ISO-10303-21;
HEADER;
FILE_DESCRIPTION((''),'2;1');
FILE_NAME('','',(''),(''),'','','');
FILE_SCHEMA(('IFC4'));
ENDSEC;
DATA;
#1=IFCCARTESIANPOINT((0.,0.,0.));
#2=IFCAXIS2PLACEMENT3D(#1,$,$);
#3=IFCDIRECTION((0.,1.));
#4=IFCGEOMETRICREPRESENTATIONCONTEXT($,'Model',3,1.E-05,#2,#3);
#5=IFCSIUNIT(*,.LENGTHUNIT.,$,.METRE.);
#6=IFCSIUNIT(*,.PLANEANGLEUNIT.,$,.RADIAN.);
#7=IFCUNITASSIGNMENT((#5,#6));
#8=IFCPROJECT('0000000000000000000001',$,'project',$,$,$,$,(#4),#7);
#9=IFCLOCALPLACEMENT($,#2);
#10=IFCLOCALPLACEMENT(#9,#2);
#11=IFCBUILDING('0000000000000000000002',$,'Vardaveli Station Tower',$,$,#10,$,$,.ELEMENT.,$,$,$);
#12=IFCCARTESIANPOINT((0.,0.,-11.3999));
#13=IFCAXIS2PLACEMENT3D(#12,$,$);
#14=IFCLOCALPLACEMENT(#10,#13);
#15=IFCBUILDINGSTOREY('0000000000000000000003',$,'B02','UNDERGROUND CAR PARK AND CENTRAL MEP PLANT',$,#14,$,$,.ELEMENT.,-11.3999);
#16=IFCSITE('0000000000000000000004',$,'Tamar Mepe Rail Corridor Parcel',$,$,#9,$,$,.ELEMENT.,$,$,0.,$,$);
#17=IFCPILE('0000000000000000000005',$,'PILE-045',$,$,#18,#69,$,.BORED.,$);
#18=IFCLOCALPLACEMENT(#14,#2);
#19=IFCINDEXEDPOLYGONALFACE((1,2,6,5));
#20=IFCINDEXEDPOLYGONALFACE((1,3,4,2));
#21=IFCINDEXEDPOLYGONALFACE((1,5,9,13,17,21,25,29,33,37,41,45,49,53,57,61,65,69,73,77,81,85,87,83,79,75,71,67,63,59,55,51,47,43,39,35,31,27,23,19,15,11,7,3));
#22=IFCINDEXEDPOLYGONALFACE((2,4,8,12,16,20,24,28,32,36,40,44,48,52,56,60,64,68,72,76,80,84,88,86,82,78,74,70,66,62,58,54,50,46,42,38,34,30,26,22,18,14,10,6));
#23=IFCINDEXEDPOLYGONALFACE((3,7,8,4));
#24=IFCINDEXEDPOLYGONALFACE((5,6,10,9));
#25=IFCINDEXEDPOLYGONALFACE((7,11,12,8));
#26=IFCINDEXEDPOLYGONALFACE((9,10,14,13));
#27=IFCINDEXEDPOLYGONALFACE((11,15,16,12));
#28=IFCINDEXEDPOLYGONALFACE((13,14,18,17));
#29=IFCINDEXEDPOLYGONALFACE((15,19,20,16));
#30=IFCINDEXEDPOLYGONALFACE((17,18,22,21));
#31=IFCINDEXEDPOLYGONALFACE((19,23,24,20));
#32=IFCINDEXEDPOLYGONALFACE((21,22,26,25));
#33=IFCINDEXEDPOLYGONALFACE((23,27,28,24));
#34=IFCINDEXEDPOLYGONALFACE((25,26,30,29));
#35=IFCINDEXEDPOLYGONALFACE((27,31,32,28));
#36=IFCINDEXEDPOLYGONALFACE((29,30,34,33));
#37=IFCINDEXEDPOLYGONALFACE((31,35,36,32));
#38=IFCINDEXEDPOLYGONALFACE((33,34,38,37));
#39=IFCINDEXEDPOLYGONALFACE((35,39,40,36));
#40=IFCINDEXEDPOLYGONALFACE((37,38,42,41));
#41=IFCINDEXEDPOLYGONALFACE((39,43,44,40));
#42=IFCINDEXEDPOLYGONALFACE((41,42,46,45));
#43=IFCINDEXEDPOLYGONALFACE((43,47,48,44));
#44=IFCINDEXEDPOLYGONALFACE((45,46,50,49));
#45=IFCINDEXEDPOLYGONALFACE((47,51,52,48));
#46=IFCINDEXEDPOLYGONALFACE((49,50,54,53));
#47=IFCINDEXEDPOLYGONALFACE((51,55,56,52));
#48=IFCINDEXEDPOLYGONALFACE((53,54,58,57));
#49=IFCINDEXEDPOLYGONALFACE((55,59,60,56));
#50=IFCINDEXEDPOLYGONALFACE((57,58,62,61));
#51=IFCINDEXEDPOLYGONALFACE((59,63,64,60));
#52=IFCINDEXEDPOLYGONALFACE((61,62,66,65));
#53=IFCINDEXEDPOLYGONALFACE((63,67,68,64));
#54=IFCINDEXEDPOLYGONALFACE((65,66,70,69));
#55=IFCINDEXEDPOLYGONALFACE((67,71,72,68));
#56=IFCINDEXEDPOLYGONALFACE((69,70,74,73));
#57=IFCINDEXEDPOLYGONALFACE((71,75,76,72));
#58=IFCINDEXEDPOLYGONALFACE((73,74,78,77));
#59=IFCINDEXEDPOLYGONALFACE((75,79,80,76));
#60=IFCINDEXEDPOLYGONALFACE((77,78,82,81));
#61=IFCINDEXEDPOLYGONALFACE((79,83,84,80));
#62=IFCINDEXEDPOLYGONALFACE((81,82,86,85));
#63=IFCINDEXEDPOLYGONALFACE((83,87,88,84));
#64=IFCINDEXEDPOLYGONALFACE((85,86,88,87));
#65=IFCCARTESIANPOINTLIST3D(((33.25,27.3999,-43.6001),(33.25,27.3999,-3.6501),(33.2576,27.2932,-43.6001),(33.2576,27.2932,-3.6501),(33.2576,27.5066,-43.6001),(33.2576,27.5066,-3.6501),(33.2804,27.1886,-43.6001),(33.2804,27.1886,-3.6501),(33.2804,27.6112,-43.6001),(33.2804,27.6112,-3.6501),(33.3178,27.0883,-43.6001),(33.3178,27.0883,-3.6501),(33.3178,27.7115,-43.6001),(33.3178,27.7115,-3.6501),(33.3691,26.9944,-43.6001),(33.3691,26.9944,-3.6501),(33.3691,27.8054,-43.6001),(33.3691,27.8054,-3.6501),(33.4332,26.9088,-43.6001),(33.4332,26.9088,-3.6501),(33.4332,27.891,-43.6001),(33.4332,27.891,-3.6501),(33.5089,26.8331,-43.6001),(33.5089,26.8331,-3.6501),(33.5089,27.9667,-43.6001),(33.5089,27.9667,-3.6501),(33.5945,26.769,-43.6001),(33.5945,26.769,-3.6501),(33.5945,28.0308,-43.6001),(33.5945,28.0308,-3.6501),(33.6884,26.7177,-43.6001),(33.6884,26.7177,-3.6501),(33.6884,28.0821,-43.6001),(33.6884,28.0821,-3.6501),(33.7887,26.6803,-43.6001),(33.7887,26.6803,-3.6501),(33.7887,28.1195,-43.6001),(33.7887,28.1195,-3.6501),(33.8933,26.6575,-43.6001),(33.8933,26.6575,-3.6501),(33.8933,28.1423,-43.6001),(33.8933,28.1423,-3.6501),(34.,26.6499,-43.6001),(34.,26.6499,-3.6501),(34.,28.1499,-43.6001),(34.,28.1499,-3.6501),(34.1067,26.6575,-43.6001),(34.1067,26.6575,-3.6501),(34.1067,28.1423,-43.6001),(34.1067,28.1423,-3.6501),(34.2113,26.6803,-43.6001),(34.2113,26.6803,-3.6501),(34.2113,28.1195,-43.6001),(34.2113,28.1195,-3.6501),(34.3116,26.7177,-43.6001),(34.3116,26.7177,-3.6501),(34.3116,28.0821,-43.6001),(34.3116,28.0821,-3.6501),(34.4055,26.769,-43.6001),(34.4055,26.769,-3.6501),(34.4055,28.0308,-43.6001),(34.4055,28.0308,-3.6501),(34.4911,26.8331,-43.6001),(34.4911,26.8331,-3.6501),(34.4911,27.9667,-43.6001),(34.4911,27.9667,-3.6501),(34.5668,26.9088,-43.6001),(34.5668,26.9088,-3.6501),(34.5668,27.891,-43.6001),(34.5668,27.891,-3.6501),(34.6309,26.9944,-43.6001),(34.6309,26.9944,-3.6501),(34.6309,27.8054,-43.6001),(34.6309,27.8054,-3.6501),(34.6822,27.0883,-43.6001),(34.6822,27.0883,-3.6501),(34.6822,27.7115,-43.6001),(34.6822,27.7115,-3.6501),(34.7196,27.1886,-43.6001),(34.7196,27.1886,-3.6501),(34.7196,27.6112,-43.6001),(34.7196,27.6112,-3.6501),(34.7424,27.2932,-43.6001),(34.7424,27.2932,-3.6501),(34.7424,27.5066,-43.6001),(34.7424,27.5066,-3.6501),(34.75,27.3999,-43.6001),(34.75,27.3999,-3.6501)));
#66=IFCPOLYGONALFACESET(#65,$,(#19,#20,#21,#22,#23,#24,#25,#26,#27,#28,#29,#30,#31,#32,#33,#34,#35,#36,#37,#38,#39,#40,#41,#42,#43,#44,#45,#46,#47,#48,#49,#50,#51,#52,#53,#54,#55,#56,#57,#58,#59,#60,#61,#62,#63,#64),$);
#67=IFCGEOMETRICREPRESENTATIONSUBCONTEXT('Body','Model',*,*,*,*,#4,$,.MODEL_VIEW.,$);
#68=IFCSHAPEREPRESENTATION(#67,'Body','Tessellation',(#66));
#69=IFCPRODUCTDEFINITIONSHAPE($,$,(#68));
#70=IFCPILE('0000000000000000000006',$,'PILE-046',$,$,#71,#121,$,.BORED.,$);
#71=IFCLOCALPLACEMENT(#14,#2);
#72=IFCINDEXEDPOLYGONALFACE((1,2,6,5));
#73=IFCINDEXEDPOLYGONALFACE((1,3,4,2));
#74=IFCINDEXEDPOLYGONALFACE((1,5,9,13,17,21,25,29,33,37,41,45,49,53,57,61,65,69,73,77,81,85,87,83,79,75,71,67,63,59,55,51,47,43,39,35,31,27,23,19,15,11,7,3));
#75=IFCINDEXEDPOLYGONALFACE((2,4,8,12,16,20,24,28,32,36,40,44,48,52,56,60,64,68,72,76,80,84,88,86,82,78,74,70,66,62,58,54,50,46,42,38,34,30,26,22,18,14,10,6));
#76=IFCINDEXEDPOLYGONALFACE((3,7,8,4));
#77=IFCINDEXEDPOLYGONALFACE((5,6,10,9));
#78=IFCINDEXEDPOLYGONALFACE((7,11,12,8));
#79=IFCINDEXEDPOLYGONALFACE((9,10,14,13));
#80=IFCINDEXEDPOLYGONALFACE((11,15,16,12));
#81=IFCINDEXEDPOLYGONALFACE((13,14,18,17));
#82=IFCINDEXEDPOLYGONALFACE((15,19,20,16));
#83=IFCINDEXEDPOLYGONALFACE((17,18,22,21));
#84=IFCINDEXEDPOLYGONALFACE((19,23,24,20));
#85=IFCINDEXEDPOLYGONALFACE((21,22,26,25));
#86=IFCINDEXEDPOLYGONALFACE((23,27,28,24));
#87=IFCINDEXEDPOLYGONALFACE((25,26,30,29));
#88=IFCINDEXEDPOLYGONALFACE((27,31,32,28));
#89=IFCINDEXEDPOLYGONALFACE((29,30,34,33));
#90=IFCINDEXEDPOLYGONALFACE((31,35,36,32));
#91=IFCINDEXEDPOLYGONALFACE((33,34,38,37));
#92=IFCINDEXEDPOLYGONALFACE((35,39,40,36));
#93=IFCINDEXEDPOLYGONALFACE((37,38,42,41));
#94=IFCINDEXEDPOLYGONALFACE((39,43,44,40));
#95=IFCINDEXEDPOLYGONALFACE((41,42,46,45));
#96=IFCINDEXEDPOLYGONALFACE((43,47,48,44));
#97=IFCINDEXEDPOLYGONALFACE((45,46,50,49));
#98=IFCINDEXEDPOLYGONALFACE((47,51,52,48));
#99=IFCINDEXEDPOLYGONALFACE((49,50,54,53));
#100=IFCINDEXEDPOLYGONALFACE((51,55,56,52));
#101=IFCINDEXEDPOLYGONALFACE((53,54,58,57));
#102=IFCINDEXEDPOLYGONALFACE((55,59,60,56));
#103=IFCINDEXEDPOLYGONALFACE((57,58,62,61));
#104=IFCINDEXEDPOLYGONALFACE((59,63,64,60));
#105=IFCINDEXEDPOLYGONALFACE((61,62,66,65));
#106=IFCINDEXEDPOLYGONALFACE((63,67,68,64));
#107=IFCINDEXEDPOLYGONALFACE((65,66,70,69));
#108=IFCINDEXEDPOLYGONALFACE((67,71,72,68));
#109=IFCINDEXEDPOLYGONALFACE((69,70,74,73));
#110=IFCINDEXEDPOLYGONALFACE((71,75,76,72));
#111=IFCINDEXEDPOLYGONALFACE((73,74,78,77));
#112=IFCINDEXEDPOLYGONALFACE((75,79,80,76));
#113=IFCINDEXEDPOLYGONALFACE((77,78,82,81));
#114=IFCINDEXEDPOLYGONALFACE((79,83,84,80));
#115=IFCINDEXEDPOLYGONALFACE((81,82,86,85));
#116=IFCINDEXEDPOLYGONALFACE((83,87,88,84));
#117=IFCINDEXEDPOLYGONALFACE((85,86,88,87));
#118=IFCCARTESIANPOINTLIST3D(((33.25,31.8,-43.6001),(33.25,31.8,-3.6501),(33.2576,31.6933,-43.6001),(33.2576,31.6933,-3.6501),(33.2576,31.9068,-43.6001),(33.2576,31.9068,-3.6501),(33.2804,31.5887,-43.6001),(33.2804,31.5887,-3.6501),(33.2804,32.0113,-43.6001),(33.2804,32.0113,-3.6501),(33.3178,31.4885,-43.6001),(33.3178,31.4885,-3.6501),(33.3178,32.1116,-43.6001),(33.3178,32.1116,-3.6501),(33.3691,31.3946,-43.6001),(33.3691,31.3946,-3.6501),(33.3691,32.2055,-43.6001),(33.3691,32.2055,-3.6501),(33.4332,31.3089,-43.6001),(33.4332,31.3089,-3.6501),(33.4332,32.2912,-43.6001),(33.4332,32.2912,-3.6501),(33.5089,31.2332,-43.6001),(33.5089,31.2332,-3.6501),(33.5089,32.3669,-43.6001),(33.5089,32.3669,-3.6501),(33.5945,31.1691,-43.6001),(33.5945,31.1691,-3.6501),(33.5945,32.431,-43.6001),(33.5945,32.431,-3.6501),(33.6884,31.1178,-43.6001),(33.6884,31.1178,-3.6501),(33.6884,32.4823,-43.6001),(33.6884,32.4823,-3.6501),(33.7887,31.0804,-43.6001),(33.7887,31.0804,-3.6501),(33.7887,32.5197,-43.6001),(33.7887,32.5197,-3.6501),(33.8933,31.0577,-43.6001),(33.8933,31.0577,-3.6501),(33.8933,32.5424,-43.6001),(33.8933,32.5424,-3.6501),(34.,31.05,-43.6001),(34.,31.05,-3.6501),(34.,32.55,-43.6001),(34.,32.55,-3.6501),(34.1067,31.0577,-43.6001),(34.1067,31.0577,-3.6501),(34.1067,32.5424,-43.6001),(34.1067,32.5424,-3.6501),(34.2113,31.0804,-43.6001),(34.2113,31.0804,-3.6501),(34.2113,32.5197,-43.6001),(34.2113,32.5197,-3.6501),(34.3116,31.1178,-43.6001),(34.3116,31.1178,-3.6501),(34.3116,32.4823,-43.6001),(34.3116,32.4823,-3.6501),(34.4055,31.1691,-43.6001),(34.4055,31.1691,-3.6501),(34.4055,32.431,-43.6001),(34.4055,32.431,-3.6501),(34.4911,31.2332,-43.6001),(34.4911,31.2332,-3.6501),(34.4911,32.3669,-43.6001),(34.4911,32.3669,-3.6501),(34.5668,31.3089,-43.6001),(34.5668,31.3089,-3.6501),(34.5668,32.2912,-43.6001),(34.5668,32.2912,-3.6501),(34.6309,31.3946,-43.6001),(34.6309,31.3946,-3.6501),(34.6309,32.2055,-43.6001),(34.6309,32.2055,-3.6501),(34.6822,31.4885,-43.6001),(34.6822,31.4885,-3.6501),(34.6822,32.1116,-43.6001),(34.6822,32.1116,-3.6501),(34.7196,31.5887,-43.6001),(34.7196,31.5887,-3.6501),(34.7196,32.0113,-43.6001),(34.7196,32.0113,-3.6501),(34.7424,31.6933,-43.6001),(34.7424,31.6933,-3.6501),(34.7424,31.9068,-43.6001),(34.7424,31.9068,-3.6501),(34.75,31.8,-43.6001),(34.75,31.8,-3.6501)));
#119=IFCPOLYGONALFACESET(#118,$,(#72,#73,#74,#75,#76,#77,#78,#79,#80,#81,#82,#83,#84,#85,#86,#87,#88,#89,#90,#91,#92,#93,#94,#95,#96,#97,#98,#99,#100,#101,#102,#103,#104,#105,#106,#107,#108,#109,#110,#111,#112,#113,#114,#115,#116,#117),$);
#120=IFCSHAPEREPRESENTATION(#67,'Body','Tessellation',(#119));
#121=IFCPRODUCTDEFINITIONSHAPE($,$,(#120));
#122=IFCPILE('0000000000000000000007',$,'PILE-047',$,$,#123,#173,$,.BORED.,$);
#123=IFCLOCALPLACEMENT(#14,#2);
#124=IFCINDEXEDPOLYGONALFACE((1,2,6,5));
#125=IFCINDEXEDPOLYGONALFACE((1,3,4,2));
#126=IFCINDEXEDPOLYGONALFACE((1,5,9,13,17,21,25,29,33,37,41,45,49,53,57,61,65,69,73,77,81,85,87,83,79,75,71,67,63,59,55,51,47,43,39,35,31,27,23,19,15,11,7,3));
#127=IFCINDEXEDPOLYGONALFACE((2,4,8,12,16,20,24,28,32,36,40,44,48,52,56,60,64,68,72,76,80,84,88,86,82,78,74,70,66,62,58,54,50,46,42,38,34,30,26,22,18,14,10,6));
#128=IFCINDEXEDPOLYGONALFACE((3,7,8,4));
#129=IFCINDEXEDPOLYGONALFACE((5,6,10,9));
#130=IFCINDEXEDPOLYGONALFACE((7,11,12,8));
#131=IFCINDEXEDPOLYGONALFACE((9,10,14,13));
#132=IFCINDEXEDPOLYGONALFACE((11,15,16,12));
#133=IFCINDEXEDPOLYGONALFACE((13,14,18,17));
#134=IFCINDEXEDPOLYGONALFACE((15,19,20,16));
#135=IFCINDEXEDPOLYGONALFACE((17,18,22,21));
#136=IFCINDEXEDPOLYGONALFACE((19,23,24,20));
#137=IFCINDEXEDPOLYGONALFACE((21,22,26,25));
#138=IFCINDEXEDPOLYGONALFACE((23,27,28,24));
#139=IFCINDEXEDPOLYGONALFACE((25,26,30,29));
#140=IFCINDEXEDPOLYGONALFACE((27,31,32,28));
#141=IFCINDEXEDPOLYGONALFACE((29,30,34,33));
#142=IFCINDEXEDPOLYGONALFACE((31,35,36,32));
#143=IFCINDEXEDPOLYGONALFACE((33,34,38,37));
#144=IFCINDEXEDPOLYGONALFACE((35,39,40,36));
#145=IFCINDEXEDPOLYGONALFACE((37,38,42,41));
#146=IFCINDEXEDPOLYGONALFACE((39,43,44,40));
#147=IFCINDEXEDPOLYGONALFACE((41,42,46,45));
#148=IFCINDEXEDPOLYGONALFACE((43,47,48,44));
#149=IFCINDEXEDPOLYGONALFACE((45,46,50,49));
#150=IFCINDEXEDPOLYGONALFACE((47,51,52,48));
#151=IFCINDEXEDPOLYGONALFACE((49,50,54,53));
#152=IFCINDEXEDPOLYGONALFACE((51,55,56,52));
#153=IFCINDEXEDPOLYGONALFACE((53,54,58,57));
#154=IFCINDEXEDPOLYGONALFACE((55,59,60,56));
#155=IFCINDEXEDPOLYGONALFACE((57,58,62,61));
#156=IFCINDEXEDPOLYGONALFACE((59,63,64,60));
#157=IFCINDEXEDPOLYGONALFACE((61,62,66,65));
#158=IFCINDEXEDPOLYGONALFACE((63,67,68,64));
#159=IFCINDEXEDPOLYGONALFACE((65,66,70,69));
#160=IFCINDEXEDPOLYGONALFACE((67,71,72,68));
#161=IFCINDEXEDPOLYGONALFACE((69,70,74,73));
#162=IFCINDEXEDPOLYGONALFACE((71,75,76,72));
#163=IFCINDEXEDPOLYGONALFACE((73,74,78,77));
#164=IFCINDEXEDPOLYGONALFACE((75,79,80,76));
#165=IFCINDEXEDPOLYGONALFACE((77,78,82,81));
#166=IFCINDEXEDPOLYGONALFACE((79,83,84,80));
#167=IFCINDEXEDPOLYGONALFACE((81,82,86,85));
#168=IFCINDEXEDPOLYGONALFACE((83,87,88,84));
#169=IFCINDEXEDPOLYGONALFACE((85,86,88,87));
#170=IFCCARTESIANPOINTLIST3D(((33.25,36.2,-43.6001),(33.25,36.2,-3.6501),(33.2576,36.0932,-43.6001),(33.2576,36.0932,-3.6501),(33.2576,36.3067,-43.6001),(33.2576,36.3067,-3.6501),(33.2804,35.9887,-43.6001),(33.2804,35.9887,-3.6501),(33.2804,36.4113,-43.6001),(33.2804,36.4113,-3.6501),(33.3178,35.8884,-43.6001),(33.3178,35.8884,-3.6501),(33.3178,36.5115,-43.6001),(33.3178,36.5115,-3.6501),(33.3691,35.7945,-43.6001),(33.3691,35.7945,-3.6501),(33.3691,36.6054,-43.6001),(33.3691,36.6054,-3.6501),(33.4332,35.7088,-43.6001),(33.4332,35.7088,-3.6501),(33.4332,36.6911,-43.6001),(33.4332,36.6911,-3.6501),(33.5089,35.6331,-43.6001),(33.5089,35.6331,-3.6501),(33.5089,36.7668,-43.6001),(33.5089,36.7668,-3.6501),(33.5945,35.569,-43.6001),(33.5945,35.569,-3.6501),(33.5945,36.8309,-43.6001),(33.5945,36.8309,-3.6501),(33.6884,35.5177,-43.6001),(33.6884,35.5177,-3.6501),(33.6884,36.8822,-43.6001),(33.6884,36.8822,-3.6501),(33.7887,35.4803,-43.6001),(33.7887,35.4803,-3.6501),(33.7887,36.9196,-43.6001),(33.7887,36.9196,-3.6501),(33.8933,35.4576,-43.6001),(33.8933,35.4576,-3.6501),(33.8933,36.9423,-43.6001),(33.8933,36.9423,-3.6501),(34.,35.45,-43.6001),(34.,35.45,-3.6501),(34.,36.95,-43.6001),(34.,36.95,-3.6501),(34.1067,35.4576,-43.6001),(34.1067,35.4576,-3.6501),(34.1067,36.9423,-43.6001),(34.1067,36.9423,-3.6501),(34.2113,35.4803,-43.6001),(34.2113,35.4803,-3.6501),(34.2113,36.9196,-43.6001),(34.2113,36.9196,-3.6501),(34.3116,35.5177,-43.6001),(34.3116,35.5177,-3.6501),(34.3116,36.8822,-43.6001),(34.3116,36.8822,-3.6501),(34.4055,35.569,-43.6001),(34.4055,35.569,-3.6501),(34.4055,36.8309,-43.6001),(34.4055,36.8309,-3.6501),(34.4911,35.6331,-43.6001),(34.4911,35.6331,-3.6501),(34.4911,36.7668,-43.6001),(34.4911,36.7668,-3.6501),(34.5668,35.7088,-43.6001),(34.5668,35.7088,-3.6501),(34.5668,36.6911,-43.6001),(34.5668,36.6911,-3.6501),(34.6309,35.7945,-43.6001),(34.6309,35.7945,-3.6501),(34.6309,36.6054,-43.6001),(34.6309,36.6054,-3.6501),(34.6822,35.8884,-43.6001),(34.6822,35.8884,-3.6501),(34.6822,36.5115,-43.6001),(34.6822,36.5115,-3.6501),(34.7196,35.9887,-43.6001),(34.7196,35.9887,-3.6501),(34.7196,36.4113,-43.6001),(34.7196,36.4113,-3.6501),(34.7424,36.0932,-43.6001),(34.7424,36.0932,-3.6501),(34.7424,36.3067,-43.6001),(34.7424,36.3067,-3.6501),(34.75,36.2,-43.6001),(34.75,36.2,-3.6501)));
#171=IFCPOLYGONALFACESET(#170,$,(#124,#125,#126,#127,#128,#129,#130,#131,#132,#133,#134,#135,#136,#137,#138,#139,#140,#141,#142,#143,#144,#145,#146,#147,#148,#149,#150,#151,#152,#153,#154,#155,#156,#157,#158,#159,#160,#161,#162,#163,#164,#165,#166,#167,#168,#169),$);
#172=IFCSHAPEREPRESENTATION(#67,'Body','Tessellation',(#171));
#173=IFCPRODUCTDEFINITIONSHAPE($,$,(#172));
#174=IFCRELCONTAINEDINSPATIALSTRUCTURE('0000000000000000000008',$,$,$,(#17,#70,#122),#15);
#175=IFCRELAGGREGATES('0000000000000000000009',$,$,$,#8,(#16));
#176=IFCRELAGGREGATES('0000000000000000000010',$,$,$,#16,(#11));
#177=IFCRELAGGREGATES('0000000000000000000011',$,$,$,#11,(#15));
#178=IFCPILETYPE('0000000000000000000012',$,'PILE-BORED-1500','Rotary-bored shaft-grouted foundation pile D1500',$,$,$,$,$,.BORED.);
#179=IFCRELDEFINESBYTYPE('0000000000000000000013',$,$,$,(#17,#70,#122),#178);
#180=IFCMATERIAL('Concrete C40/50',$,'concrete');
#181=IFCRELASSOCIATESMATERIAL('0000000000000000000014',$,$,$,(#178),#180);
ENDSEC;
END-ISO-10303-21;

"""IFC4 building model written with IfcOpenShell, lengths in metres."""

from ifc_helpers import new_model, si_unit, direction, frame, origin, origin_2d, place, context, subcontext, project, spatial, circle, extrude, source, transform, mapped, material, material_profile, profile_set, type_object, element, save


model = new_model("IFC4")

# Units and contexts
model_context = context("Model", 3, precision=1e-05, world=origin(), true_north=direction((0.0, 1.0)))
body_context = subcontext(model_context, "Body", "Model", "MODEL_VIEW")
ifc_project = project(units=[si_unit("LENGTHUNIT", "METRE"), si_unit("PLANEANGLEUNIT", "RADIAN")], contexts=[model_context])

# Site, building, storey
site_placement = place(None, origin())
site = spatial("IfcSite", under=ifc_project, at=site_placement, Name="Tamar Mepe Rail Corridor Parcel", CompositionType="ELEMENT", RefElevation=0.0)
building_placement = place(site_placement, origin())
building = spatial("IfcBuilding", under=site, at=building_placement, Name="Vardaveli Station Tower", CompositionType="ELEMENT")
storey_placement = place(building_placement, frame((0.0, 0.0, -11.3999)))
storey = spatial("IfcBuildingStorey", under=building, at=storey_placement, Name="B02", Description="UNDERGROUND CAR PARK AND CENTRAL MEP PLANT", CompositionType="ELEMENT", Elevation=-11.3999)

# Piles
ifc_material_1 = material(Name="Concrete C40/50", Category="concrete")
ifc_material_profile_1 = material_profile(ifc_material_1, circle(Radius=0.75, at=origin_2d()), Name="PILE D1500")
ifc_profile_set_1 = profile_set([ifc_material_profile_1], Name="Concrete C40/50")
pile_type = type_object("IfcPileType", Name="PILE-BORED-1500", Description="Rotary-bored shaft-grouted foundation pile D1500", PredefinedType="BORED", material=ifc_profile_set_1)
shared_shape_1 = source(origin(), body_context, "Body", "SweptSolid", [
    extrude(circle(Radius=0.75, at=origin_2d()), origin(), (0.0, 0.0, 1.0), 39.95),
])
for number, where, z_axis, x_axis, name in (
    (1, (34.0, 27.3999, -3.6501), (0.0, 0.0, -1.0), (1.0, 0.0, 0.0), "PILE-045"),
    (2, (34.0, 31.8, -3.6501), (0.0, 0.0, -1.0), (1.0, 0.0, 0.0), "PILE-046"),
    (3, (34.0, 36.2, -3.6501), (0.0, 0.0, -1.0), (1.0, 0.0, 0.0), "PILE-047"),
):
    element("IfcPile", number, at=place(storey_placement, frame(where, z_axis=z_axis, x_axis=x_axis)), inside=storey, type_object=pile_type, Name=name, PredefinedType="BORED", context=body_context, shape_type="MappedRepresentation", body=[
        mapped(shared_shape_1, transform((0.0, 0.0, 0.0), scale=1.0)),
    ])

save(model, "model.ifc")
